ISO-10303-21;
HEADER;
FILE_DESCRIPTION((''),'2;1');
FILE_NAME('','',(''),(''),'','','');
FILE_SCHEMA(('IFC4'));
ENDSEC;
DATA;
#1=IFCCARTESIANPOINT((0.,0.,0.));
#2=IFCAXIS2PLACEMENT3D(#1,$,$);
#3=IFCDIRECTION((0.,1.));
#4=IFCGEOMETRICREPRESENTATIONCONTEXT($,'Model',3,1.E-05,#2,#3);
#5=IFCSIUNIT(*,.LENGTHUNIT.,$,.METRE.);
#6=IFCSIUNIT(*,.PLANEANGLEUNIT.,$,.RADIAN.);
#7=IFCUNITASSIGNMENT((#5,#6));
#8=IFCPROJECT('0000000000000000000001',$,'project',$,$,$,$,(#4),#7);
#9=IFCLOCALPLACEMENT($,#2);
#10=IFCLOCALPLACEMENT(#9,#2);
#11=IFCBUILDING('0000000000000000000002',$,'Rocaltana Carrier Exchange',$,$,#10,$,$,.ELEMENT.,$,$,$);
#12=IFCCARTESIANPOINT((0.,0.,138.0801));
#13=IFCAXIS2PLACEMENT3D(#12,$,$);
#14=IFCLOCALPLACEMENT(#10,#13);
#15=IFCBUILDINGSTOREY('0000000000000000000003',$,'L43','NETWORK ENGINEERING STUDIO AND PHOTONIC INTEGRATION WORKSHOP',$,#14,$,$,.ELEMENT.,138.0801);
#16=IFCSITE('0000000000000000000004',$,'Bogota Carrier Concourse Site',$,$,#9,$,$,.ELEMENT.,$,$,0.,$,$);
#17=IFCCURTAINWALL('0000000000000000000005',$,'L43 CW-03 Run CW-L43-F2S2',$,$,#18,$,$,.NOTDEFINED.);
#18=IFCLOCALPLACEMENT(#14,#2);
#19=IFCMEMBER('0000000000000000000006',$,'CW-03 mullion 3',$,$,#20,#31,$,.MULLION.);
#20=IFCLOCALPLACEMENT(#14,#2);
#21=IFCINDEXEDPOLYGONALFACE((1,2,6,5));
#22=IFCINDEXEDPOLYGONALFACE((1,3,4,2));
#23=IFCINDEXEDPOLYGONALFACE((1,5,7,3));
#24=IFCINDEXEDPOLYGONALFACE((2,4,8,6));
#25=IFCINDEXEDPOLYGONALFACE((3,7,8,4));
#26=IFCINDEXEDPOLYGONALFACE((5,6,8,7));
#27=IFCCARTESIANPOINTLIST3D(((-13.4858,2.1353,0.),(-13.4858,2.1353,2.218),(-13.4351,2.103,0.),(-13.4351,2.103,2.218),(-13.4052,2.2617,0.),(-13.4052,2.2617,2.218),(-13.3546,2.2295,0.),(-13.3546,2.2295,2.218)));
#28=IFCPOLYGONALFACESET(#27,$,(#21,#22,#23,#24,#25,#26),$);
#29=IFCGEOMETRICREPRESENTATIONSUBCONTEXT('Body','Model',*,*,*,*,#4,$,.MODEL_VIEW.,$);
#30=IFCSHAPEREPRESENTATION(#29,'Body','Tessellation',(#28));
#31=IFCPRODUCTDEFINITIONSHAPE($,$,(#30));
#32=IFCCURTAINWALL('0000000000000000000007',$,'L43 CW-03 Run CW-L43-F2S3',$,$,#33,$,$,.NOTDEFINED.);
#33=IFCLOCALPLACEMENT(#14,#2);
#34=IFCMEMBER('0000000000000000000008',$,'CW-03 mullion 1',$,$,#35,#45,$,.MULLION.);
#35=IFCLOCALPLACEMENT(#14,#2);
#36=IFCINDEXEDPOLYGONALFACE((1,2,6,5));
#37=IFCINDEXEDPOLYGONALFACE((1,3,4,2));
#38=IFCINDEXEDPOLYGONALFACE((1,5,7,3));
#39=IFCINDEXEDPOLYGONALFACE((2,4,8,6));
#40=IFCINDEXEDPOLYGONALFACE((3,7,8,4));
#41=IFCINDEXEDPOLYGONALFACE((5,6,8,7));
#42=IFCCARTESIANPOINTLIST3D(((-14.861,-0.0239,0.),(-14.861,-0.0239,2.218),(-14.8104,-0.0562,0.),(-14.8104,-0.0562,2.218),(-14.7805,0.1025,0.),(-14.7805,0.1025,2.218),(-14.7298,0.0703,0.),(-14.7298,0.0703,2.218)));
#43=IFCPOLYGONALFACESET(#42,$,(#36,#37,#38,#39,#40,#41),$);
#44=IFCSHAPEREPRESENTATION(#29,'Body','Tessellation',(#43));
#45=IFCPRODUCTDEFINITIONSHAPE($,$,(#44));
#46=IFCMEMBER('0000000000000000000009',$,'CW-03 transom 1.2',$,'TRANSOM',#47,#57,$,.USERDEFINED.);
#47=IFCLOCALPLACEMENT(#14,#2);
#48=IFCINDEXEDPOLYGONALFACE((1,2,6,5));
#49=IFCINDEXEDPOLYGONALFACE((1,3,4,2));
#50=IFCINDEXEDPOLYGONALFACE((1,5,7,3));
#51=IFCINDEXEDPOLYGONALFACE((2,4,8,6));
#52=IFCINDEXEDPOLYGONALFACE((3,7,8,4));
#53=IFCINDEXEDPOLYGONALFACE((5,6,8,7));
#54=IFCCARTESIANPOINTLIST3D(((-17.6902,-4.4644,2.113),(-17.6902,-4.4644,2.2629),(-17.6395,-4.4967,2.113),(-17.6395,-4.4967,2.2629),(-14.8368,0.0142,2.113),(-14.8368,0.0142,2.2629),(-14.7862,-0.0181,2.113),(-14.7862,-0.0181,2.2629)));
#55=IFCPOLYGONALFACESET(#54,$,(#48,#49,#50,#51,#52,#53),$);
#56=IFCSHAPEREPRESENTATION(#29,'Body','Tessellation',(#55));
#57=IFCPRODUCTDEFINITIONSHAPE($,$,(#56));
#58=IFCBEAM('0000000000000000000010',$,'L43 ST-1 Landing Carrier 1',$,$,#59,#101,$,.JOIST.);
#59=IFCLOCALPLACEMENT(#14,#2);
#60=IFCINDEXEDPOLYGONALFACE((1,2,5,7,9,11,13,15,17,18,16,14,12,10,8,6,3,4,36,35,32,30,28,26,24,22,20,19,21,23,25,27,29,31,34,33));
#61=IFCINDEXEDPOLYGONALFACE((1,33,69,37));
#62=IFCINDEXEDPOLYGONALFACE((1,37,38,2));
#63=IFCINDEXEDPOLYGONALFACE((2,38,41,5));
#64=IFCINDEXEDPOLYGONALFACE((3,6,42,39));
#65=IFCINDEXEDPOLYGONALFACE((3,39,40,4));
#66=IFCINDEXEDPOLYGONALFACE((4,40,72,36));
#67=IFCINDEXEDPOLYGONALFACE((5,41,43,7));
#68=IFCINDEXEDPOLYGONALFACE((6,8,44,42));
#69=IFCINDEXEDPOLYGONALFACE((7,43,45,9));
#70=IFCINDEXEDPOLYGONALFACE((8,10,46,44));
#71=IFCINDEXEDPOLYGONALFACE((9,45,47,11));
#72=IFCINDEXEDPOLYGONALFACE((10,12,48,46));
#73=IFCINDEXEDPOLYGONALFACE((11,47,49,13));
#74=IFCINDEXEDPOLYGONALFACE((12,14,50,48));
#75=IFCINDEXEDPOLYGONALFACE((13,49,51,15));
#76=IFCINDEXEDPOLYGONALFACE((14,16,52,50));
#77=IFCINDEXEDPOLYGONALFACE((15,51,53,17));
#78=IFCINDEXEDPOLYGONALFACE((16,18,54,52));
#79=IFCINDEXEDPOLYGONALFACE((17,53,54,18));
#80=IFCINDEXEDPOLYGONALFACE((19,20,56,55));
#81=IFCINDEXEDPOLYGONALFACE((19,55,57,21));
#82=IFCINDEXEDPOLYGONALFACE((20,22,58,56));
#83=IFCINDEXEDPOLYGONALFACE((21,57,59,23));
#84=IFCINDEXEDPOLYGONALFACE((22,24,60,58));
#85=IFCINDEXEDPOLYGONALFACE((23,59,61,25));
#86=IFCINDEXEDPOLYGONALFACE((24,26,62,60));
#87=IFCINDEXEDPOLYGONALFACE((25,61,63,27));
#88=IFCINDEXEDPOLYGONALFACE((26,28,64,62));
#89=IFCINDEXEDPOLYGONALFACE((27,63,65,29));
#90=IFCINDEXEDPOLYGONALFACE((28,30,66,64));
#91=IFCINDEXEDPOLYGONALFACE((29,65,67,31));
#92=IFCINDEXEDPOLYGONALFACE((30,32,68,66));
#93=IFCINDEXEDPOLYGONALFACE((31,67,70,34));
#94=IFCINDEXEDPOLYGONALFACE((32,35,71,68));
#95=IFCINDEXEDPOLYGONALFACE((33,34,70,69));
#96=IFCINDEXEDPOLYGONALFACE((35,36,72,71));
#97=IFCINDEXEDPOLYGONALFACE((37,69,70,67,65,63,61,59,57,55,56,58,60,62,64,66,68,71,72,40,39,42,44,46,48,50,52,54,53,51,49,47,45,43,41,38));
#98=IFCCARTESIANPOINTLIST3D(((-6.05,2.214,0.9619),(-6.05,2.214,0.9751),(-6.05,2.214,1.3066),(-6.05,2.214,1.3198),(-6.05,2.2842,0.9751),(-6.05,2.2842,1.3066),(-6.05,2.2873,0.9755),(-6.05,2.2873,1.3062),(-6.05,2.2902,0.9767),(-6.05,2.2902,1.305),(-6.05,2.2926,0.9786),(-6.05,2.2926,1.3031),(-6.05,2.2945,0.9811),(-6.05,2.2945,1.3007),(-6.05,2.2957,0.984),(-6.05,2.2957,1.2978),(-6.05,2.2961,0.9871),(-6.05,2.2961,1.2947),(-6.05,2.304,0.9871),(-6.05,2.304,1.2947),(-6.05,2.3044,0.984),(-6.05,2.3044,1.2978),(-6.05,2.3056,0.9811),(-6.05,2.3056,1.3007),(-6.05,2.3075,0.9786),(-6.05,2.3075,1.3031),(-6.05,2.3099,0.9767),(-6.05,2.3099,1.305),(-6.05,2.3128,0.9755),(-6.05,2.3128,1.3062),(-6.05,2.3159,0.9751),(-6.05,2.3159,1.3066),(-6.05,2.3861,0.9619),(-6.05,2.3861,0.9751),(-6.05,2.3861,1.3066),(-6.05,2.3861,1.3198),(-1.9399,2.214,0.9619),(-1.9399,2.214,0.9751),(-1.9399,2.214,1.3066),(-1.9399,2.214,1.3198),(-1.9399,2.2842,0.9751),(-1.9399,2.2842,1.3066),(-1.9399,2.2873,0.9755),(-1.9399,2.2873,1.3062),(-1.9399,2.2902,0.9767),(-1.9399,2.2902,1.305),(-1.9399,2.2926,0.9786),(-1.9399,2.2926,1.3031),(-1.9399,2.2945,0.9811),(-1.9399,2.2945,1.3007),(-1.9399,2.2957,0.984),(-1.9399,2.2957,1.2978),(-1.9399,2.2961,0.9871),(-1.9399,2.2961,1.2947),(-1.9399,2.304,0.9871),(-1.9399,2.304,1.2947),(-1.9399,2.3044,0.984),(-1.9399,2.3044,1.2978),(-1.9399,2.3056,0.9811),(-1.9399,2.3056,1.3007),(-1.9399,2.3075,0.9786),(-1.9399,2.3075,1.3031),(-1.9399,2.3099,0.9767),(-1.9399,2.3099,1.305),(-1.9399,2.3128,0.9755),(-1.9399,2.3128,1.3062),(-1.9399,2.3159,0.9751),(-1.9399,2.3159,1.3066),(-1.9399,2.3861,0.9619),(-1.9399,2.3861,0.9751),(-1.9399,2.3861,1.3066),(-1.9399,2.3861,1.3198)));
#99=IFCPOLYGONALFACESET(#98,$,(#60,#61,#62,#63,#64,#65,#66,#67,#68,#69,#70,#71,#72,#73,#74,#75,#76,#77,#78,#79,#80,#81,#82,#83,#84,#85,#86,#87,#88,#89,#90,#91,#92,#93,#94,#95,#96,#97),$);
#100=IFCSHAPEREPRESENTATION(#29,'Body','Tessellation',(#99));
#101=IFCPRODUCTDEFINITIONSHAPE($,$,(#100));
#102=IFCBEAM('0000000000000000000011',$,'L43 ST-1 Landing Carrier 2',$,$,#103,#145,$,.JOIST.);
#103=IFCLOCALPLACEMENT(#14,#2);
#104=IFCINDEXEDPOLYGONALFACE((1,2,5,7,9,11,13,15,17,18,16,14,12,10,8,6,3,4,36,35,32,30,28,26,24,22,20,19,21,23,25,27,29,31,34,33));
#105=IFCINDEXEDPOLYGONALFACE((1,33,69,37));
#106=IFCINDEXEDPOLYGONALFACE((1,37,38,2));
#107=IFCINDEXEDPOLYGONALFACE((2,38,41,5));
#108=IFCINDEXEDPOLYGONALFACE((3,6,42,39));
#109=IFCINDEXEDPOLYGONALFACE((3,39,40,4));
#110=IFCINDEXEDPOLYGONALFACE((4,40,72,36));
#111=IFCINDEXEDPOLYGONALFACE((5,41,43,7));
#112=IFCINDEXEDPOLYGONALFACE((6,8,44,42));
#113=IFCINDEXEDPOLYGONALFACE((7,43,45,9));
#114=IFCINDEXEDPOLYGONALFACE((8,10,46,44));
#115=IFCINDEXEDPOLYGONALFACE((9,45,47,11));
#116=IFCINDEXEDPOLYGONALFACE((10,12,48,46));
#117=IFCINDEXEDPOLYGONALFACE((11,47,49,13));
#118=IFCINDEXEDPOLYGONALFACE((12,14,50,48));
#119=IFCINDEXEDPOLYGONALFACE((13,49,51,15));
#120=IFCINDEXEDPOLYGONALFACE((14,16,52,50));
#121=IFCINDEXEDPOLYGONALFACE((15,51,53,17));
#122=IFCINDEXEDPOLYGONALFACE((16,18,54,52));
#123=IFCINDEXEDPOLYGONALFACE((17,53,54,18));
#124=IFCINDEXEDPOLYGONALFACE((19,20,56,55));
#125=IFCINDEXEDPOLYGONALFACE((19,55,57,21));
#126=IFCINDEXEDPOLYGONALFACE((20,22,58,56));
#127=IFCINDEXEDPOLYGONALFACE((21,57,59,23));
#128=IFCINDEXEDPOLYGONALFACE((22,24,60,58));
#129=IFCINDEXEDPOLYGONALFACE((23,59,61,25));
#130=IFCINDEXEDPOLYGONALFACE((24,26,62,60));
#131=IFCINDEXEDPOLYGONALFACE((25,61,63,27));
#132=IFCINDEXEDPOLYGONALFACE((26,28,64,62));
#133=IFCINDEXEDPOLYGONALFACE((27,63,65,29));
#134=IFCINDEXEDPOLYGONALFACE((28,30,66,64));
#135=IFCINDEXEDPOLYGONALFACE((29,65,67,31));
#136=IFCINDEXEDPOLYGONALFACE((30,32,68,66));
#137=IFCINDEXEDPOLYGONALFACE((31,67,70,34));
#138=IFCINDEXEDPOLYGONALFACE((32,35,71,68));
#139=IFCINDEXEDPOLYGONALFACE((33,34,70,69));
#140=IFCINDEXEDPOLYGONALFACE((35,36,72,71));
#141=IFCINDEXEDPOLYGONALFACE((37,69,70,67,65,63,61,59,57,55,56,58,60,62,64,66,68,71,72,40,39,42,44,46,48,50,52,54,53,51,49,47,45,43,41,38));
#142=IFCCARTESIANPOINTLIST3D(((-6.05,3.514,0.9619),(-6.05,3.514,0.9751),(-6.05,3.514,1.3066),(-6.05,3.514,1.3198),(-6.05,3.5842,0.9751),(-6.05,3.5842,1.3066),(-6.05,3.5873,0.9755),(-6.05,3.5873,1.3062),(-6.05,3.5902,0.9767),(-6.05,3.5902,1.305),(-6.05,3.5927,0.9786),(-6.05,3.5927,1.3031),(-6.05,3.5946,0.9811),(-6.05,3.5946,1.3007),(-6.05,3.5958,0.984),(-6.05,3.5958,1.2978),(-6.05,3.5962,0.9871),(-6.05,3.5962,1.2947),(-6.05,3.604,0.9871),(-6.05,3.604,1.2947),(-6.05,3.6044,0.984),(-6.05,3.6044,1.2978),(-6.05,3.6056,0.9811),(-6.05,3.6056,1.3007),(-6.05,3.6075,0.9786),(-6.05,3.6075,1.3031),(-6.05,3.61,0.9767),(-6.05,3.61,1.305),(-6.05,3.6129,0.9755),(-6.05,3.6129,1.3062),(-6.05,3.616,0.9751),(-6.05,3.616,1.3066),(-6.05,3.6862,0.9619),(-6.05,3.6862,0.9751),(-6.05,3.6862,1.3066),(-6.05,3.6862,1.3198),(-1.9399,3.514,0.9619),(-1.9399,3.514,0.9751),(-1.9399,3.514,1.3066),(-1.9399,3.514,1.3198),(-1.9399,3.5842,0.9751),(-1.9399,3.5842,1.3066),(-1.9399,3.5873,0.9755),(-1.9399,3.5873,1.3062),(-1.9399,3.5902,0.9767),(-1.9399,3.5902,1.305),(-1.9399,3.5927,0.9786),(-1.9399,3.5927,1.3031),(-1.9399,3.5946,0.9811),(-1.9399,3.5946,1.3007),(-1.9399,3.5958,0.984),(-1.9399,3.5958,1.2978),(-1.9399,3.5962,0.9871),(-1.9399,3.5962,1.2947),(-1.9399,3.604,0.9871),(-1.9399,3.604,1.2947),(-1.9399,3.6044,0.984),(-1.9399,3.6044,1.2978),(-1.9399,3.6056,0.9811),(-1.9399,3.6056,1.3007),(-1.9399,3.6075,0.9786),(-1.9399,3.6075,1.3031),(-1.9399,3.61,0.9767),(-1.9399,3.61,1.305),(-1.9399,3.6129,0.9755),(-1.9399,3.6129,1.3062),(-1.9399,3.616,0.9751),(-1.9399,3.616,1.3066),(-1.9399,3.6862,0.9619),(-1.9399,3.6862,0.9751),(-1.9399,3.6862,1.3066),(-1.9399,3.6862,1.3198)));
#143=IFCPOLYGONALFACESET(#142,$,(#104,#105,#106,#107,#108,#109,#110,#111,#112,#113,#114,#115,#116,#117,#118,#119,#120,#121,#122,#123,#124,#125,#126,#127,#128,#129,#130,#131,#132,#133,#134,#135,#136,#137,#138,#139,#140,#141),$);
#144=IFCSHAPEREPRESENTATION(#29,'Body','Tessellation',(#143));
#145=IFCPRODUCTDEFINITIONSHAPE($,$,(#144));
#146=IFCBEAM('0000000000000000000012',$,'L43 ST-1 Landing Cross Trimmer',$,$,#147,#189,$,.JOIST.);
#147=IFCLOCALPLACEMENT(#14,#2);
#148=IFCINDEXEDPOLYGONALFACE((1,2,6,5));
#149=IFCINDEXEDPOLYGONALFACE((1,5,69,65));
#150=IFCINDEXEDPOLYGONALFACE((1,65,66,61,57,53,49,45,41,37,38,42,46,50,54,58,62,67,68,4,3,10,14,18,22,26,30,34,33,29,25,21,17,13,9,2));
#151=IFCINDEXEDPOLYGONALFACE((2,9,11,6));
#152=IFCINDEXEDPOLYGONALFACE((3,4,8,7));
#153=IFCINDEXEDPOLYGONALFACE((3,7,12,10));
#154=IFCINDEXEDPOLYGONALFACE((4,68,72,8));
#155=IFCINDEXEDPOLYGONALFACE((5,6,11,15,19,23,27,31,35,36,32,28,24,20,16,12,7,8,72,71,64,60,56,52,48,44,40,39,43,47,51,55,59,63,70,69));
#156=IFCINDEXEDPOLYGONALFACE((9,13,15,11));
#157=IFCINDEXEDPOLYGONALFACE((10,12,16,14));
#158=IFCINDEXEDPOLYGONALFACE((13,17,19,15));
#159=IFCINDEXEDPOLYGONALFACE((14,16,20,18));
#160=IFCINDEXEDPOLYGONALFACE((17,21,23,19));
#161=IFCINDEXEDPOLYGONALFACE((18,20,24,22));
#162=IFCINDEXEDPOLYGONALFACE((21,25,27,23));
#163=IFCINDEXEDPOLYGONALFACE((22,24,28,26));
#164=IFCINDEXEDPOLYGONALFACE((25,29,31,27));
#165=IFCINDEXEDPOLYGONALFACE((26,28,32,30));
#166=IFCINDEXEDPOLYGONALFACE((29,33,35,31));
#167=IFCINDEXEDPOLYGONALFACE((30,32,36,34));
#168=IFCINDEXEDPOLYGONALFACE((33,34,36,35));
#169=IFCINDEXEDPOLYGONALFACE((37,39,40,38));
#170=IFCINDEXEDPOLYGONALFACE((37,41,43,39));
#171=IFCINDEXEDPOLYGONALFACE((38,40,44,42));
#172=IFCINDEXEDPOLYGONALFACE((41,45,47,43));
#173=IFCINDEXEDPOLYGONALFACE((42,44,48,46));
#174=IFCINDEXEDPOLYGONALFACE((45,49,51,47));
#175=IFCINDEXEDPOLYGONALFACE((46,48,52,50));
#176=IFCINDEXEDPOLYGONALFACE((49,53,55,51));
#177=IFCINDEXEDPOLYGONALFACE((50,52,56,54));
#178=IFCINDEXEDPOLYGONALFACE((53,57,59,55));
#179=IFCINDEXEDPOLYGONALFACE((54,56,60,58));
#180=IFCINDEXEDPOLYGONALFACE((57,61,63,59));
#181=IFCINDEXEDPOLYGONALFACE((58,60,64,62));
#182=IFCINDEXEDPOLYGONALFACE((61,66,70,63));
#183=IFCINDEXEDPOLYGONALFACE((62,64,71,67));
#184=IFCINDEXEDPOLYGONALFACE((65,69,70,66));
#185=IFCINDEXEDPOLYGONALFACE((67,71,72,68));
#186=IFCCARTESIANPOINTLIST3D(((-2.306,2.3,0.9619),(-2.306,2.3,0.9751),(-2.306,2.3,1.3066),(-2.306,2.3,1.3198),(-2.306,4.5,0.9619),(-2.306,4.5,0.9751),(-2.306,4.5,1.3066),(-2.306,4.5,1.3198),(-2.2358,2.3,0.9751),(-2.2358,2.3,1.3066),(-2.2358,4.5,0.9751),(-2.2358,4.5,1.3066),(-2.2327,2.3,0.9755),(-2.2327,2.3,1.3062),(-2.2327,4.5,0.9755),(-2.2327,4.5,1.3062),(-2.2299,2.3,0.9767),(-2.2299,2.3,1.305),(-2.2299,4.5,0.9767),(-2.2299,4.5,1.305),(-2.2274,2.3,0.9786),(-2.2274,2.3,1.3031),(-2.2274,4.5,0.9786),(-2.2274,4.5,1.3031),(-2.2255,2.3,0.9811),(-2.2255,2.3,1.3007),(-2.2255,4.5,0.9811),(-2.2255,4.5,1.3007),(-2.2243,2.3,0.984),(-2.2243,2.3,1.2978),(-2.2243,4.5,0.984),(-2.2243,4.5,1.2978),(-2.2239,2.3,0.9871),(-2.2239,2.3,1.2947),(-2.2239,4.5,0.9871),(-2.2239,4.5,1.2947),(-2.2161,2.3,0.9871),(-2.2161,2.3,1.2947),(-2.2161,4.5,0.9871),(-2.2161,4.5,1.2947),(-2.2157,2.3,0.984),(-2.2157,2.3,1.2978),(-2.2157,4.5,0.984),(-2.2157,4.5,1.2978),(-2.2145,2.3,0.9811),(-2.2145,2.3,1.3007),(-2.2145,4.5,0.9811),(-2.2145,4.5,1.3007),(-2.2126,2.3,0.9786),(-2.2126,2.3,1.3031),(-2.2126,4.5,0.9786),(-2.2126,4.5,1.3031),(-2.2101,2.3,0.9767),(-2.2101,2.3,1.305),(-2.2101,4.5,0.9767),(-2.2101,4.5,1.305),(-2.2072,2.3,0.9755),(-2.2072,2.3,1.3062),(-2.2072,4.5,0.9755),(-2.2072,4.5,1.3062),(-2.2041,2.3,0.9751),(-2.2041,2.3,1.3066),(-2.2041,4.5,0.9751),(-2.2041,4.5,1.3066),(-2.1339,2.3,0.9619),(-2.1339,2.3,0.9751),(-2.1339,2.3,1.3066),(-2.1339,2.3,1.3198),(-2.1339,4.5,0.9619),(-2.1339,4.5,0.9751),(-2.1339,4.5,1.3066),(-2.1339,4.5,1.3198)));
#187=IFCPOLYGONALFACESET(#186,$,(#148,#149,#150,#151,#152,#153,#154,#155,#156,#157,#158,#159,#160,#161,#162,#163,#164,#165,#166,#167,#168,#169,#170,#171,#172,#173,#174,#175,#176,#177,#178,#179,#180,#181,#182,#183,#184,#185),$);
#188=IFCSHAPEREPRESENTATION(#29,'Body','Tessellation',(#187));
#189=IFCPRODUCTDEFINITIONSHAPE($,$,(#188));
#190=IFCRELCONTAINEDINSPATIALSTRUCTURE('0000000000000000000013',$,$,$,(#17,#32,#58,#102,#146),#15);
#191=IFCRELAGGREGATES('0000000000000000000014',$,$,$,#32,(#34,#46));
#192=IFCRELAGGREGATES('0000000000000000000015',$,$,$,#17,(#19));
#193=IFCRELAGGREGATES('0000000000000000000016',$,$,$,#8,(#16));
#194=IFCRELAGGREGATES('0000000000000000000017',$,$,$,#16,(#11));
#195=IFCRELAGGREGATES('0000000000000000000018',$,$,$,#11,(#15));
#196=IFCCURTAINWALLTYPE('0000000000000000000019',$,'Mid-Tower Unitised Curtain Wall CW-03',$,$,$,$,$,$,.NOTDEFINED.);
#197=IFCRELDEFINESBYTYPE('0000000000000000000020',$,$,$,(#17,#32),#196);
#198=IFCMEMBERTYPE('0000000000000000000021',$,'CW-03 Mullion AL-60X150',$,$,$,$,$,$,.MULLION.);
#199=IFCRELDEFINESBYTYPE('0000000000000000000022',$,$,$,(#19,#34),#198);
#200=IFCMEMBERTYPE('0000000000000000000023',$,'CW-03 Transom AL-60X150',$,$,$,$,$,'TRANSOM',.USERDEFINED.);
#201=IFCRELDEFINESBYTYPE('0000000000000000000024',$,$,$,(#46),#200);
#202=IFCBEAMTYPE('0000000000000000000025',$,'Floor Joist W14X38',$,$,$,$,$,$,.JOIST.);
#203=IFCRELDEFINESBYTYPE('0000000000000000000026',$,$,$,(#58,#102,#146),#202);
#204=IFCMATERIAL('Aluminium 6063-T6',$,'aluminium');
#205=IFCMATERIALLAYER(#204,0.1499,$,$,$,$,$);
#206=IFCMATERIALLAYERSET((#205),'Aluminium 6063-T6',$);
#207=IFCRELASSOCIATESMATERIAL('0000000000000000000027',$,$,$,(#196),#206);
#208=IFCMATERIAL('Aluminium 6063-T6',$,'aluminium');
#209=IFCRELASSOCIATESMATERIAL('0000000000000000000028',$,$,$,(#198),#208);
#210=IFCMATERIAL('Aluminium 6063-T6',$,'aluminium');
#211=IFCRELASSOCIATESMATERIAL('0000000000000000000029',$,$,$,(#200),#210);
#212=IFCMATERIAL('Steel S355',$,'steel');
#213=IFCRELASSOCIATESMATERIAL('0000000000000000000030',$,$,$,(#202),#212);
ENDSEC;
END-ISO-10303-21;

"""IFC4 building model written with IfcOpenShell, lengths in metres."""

from ifc_helpers import new_model, si_unit, direction, frame, origin, origin_2d, place, context, subcontext, project, spatial, rectangle, i_section, extrude, material, layer, layer_set, material_profile, profile_set, type_object, element, aggregate, save


model = new_model("IFC4")

# Units and contexts
model_context = context("Model", 3, precision=1e-05, world=origin(), true_north=direction((0.0, 1.0)))
body_context = subcontext(model_context, "Body", "Model", "MODEL_VIEW")
ifc_project = project(units=[si_unit("LENGTHUNIT", "METRE"), si_unit("PLANEANGLEUNIT", "RADIAN")], contexts=[model_context])

# Site, building, storey
site_placement = place(None, origin())
site = spatial("IfcSite", under=ifc_project, at=site_placement, Name="Bogota Carrier Concourse Site", CompositionType="ELEMENT", RefElevation=0.0)
building_placement = place(site_placement, origin())
building = spatial("IfcBuilding", under=site, at=building_placement, Name="Rocaltana Carrier Exchange", CompositionType="ELEMENT")
storey_placement = place(building_placement, frame((0.0, 0.0, 138.0801)))
storey = spatial("IfcBuildingStorey", under=building, at=storey_placement, Name="L43", Description="NETWORK ENGINEERING STUDIO AND PHOTONIC INTEGRATION WORKSHOP", CompositionType="ELEMENT", Elevation=138.0801)

# Curtain wall, member
ifc_material_1 = material(Name="Aluminium 6063-T6", Category="aluminium")
ifc_layer_1 = layer(ifc_material_1, 0.1499)
ifc_layer_set_1 = layer_set([ifc_layer_1], Name="Aluminium 6063-T6")
curtain_wall_type = type_object("IfcCurtainWallType", Name="Mid-Tower Unitised Curtain Wall CW-03", PredefinedType="NOTDEFINED", material=ifc_layer_set_1)
curtain_wall_1_placement = place(storey_placement, origin())
curtain_wall_1 = element("IfcCurtainWall", 1, at=curtain_wall_1_placement, inside=storey, type_object=curtain_wall_type, Name="L43 CW-03 Run CW-L43-F2S2", PredefinedType="NOTDEFINED")
ifc_material_2 = material(Name="Aluminium 6063-T6", Category="aluminium")
ifc_material_profile_1 = material_profile(ifc_material_2, rectangle(XDim=0.0601, YDim=0.1499, at=origin_2d()), Name="AL-60X150")
ifc_profile_set_1 = profile_set([ifc_material_profile_1], Name="Aluminium 6063-T6")
member_type_1 = type_object("IfcMemberType", Name="CW-03 Mullion AL-60X150", PredefinedType="MULLION", material=ifc_profile_set_1)
member_1_placement = place(storey_placement, frame((-13.4202, 2.1824, 0.0), z_axis=(0.0, 0.0, 1.0), x_axis=(0.843391, -0.537301, 0.0)))
member_1 = element("IfcMember", 2, at=member_1_placement, type_object=member_type_1, Name="CW-03 mullion 3", PredefinedType="MULLION", context=body_context, shape_type="SweptSolid", body=[
    extrude(rectangle(XDim=0.0601, YDim=0.1499, at=origin_2d()), origin(), (0.0, 0.0, 1.0), 2.218),
])

# Curtain wall, members
curtain_wall_2_placement = place(storey_placement, origin())
curtain_wall_2 = element("IfcCurtainWall", 3, at=curtain_wall_2_placement, inside=storey, type_object=curtain_wall_type, Name="L43 CW-03 Run CW-L43-F2S3", PredefinedType="NOTDEFINED")
member_2_placement = place(storey_placement, frame((-14.7954, 0.0232, 0.0), z_axis=(0.0, 0.0, 1.0), x_axis=(0.843391, -0.537301, 0.0)))
member_2 = element("IfcMember", 4, at=member_2_placement, type_object=member_type_1, Name="CW-03 mullion 1", PredefinedType="MULLION", context=body_context, shape_type="SweptSolid", body=[
    extrude(rectangle(XDim=0.0601, YDim=0.1499, at=origin_2d()), origin(), (0.0, 0.0, 1.0), 2.218),
])
ifc_material_3 = material(Name="Aluminium 6063-T6", Category="aluminium")
ifc_material_profile_2 = material_profile(ifc_material_3, rectangle(XDim=0.0601, YDim=0.1499, at=origin_2d()), Name="AL-60X150")
ifc_profile_set_2 = profile_set([ifc_material_profile_2], Name="Aluminium 6063-T6")
member_type_2 = type_object("IfcMemberType", Name="CW-03 Transom AL-60X150", ElementType="TRANSOM", PredefinedType="USERDEFINED", material=ifc_profile_set_2)
member_3_placement = place(storey_placement, frame((-14.8115, -0.002, 2.188), z_axis=(-0.537319, -0.843379, 0.0), x_axis=(0.843379, -0.537319, 0.0)))
member_3 = element("IfcMember", 5, at=member_3_placement, type_object=member_type_2, Name="CW-03 transom 1.2", ObjectType="TRANSOM", PredefinedType="USERDEFINED", context=body_context, shape_type="SweptSolid", body=[
    extrude(rectangle(XDim=0.0601, YDim=0.1499, at=origin_2d()), origin(), (0.0, 0.0, 1.0), 5.3103),
])
aggregate(curtain_wall_2, [member_2, member_3])

# Beams
ifc_material_4 = material(Name="Steel S355", Category="steel")
ifc_material_profile_3 = material_profile(ifc_material_4, i_section(OverallWidth=0.1721, OverallDepth=0.3579, WebThickness=0.0078, FlangeThickness=0.0132, FilletRadius=0.012, at=origin_2d()), Name="W14X38")
ifc_profile_set_3 = profile_set([ifc_material_profile_3], Name="Steel S355")
beam_type_1 = type_object("IfcBeamType", Name="Floor Joist W14X38", PredefinedType="JOIST", material=ifc_profile_set_3)
for number, where, z_axis, x_axis, name in (
    (6, (-6.05, 2.3, 1.1409), (1.0, 0.0, 0.0), (0.0, 1.0, 0.0), "L43 ST-1 Landing Carrier 1"),
    (7, (-6.05, 3.6001, 1.1409), (1.0, 0.0, 0.0), (0.0, 1.0, 0.0), "L43 ST-1 Landing Carrier 2"),
):
    element("IfcBeam", number, at=place(storey_placement, frame(where, z_axis=z_axis, x_axis=x_axis)), inside=storey, type_object=beam_type_1, Name=name, PredefinedType="JOIST", context=body_context, shape_type="SweptSolid", body=[
        extrude(i_section(OverallWidth=0.1721, OverallDepth=0.3579, WebThickness=0.0078, FlangeThickness=0.0132, FilletRadius=0.012, at=origin_2d()), origin(), (0.0, 0.0, 1.0), 4.1101),
    ])
beam_1_placement = place(storey_placement, frame((-2.22, 2.3, 1.1409), z_axis=(0.0, 1.0, 0.0), x_axis=(-1.0, 0.0, 0.0)))
element("IfcBeam", 8, at=beam_1_placement, inside=storey, type_object=beam_type_1, Name="L43 ST-1 Landing Cross Trimmer", PredefinedType="JOIST", context=body_context, shape_type="SweptSolid", body=[
    extrude(i_section(OverallWidth=0.1721, OverallDepth=0.3579, WebThickness=0.0078, FlangeThickness=0.0132, FilletRadius=0.012, at=origin_2d()), origin(), (0.0, 0.0, 1.0), 2.2),
])

aggregate(curtain_wall_1, [member_1])

save(model, "model.ifc")
